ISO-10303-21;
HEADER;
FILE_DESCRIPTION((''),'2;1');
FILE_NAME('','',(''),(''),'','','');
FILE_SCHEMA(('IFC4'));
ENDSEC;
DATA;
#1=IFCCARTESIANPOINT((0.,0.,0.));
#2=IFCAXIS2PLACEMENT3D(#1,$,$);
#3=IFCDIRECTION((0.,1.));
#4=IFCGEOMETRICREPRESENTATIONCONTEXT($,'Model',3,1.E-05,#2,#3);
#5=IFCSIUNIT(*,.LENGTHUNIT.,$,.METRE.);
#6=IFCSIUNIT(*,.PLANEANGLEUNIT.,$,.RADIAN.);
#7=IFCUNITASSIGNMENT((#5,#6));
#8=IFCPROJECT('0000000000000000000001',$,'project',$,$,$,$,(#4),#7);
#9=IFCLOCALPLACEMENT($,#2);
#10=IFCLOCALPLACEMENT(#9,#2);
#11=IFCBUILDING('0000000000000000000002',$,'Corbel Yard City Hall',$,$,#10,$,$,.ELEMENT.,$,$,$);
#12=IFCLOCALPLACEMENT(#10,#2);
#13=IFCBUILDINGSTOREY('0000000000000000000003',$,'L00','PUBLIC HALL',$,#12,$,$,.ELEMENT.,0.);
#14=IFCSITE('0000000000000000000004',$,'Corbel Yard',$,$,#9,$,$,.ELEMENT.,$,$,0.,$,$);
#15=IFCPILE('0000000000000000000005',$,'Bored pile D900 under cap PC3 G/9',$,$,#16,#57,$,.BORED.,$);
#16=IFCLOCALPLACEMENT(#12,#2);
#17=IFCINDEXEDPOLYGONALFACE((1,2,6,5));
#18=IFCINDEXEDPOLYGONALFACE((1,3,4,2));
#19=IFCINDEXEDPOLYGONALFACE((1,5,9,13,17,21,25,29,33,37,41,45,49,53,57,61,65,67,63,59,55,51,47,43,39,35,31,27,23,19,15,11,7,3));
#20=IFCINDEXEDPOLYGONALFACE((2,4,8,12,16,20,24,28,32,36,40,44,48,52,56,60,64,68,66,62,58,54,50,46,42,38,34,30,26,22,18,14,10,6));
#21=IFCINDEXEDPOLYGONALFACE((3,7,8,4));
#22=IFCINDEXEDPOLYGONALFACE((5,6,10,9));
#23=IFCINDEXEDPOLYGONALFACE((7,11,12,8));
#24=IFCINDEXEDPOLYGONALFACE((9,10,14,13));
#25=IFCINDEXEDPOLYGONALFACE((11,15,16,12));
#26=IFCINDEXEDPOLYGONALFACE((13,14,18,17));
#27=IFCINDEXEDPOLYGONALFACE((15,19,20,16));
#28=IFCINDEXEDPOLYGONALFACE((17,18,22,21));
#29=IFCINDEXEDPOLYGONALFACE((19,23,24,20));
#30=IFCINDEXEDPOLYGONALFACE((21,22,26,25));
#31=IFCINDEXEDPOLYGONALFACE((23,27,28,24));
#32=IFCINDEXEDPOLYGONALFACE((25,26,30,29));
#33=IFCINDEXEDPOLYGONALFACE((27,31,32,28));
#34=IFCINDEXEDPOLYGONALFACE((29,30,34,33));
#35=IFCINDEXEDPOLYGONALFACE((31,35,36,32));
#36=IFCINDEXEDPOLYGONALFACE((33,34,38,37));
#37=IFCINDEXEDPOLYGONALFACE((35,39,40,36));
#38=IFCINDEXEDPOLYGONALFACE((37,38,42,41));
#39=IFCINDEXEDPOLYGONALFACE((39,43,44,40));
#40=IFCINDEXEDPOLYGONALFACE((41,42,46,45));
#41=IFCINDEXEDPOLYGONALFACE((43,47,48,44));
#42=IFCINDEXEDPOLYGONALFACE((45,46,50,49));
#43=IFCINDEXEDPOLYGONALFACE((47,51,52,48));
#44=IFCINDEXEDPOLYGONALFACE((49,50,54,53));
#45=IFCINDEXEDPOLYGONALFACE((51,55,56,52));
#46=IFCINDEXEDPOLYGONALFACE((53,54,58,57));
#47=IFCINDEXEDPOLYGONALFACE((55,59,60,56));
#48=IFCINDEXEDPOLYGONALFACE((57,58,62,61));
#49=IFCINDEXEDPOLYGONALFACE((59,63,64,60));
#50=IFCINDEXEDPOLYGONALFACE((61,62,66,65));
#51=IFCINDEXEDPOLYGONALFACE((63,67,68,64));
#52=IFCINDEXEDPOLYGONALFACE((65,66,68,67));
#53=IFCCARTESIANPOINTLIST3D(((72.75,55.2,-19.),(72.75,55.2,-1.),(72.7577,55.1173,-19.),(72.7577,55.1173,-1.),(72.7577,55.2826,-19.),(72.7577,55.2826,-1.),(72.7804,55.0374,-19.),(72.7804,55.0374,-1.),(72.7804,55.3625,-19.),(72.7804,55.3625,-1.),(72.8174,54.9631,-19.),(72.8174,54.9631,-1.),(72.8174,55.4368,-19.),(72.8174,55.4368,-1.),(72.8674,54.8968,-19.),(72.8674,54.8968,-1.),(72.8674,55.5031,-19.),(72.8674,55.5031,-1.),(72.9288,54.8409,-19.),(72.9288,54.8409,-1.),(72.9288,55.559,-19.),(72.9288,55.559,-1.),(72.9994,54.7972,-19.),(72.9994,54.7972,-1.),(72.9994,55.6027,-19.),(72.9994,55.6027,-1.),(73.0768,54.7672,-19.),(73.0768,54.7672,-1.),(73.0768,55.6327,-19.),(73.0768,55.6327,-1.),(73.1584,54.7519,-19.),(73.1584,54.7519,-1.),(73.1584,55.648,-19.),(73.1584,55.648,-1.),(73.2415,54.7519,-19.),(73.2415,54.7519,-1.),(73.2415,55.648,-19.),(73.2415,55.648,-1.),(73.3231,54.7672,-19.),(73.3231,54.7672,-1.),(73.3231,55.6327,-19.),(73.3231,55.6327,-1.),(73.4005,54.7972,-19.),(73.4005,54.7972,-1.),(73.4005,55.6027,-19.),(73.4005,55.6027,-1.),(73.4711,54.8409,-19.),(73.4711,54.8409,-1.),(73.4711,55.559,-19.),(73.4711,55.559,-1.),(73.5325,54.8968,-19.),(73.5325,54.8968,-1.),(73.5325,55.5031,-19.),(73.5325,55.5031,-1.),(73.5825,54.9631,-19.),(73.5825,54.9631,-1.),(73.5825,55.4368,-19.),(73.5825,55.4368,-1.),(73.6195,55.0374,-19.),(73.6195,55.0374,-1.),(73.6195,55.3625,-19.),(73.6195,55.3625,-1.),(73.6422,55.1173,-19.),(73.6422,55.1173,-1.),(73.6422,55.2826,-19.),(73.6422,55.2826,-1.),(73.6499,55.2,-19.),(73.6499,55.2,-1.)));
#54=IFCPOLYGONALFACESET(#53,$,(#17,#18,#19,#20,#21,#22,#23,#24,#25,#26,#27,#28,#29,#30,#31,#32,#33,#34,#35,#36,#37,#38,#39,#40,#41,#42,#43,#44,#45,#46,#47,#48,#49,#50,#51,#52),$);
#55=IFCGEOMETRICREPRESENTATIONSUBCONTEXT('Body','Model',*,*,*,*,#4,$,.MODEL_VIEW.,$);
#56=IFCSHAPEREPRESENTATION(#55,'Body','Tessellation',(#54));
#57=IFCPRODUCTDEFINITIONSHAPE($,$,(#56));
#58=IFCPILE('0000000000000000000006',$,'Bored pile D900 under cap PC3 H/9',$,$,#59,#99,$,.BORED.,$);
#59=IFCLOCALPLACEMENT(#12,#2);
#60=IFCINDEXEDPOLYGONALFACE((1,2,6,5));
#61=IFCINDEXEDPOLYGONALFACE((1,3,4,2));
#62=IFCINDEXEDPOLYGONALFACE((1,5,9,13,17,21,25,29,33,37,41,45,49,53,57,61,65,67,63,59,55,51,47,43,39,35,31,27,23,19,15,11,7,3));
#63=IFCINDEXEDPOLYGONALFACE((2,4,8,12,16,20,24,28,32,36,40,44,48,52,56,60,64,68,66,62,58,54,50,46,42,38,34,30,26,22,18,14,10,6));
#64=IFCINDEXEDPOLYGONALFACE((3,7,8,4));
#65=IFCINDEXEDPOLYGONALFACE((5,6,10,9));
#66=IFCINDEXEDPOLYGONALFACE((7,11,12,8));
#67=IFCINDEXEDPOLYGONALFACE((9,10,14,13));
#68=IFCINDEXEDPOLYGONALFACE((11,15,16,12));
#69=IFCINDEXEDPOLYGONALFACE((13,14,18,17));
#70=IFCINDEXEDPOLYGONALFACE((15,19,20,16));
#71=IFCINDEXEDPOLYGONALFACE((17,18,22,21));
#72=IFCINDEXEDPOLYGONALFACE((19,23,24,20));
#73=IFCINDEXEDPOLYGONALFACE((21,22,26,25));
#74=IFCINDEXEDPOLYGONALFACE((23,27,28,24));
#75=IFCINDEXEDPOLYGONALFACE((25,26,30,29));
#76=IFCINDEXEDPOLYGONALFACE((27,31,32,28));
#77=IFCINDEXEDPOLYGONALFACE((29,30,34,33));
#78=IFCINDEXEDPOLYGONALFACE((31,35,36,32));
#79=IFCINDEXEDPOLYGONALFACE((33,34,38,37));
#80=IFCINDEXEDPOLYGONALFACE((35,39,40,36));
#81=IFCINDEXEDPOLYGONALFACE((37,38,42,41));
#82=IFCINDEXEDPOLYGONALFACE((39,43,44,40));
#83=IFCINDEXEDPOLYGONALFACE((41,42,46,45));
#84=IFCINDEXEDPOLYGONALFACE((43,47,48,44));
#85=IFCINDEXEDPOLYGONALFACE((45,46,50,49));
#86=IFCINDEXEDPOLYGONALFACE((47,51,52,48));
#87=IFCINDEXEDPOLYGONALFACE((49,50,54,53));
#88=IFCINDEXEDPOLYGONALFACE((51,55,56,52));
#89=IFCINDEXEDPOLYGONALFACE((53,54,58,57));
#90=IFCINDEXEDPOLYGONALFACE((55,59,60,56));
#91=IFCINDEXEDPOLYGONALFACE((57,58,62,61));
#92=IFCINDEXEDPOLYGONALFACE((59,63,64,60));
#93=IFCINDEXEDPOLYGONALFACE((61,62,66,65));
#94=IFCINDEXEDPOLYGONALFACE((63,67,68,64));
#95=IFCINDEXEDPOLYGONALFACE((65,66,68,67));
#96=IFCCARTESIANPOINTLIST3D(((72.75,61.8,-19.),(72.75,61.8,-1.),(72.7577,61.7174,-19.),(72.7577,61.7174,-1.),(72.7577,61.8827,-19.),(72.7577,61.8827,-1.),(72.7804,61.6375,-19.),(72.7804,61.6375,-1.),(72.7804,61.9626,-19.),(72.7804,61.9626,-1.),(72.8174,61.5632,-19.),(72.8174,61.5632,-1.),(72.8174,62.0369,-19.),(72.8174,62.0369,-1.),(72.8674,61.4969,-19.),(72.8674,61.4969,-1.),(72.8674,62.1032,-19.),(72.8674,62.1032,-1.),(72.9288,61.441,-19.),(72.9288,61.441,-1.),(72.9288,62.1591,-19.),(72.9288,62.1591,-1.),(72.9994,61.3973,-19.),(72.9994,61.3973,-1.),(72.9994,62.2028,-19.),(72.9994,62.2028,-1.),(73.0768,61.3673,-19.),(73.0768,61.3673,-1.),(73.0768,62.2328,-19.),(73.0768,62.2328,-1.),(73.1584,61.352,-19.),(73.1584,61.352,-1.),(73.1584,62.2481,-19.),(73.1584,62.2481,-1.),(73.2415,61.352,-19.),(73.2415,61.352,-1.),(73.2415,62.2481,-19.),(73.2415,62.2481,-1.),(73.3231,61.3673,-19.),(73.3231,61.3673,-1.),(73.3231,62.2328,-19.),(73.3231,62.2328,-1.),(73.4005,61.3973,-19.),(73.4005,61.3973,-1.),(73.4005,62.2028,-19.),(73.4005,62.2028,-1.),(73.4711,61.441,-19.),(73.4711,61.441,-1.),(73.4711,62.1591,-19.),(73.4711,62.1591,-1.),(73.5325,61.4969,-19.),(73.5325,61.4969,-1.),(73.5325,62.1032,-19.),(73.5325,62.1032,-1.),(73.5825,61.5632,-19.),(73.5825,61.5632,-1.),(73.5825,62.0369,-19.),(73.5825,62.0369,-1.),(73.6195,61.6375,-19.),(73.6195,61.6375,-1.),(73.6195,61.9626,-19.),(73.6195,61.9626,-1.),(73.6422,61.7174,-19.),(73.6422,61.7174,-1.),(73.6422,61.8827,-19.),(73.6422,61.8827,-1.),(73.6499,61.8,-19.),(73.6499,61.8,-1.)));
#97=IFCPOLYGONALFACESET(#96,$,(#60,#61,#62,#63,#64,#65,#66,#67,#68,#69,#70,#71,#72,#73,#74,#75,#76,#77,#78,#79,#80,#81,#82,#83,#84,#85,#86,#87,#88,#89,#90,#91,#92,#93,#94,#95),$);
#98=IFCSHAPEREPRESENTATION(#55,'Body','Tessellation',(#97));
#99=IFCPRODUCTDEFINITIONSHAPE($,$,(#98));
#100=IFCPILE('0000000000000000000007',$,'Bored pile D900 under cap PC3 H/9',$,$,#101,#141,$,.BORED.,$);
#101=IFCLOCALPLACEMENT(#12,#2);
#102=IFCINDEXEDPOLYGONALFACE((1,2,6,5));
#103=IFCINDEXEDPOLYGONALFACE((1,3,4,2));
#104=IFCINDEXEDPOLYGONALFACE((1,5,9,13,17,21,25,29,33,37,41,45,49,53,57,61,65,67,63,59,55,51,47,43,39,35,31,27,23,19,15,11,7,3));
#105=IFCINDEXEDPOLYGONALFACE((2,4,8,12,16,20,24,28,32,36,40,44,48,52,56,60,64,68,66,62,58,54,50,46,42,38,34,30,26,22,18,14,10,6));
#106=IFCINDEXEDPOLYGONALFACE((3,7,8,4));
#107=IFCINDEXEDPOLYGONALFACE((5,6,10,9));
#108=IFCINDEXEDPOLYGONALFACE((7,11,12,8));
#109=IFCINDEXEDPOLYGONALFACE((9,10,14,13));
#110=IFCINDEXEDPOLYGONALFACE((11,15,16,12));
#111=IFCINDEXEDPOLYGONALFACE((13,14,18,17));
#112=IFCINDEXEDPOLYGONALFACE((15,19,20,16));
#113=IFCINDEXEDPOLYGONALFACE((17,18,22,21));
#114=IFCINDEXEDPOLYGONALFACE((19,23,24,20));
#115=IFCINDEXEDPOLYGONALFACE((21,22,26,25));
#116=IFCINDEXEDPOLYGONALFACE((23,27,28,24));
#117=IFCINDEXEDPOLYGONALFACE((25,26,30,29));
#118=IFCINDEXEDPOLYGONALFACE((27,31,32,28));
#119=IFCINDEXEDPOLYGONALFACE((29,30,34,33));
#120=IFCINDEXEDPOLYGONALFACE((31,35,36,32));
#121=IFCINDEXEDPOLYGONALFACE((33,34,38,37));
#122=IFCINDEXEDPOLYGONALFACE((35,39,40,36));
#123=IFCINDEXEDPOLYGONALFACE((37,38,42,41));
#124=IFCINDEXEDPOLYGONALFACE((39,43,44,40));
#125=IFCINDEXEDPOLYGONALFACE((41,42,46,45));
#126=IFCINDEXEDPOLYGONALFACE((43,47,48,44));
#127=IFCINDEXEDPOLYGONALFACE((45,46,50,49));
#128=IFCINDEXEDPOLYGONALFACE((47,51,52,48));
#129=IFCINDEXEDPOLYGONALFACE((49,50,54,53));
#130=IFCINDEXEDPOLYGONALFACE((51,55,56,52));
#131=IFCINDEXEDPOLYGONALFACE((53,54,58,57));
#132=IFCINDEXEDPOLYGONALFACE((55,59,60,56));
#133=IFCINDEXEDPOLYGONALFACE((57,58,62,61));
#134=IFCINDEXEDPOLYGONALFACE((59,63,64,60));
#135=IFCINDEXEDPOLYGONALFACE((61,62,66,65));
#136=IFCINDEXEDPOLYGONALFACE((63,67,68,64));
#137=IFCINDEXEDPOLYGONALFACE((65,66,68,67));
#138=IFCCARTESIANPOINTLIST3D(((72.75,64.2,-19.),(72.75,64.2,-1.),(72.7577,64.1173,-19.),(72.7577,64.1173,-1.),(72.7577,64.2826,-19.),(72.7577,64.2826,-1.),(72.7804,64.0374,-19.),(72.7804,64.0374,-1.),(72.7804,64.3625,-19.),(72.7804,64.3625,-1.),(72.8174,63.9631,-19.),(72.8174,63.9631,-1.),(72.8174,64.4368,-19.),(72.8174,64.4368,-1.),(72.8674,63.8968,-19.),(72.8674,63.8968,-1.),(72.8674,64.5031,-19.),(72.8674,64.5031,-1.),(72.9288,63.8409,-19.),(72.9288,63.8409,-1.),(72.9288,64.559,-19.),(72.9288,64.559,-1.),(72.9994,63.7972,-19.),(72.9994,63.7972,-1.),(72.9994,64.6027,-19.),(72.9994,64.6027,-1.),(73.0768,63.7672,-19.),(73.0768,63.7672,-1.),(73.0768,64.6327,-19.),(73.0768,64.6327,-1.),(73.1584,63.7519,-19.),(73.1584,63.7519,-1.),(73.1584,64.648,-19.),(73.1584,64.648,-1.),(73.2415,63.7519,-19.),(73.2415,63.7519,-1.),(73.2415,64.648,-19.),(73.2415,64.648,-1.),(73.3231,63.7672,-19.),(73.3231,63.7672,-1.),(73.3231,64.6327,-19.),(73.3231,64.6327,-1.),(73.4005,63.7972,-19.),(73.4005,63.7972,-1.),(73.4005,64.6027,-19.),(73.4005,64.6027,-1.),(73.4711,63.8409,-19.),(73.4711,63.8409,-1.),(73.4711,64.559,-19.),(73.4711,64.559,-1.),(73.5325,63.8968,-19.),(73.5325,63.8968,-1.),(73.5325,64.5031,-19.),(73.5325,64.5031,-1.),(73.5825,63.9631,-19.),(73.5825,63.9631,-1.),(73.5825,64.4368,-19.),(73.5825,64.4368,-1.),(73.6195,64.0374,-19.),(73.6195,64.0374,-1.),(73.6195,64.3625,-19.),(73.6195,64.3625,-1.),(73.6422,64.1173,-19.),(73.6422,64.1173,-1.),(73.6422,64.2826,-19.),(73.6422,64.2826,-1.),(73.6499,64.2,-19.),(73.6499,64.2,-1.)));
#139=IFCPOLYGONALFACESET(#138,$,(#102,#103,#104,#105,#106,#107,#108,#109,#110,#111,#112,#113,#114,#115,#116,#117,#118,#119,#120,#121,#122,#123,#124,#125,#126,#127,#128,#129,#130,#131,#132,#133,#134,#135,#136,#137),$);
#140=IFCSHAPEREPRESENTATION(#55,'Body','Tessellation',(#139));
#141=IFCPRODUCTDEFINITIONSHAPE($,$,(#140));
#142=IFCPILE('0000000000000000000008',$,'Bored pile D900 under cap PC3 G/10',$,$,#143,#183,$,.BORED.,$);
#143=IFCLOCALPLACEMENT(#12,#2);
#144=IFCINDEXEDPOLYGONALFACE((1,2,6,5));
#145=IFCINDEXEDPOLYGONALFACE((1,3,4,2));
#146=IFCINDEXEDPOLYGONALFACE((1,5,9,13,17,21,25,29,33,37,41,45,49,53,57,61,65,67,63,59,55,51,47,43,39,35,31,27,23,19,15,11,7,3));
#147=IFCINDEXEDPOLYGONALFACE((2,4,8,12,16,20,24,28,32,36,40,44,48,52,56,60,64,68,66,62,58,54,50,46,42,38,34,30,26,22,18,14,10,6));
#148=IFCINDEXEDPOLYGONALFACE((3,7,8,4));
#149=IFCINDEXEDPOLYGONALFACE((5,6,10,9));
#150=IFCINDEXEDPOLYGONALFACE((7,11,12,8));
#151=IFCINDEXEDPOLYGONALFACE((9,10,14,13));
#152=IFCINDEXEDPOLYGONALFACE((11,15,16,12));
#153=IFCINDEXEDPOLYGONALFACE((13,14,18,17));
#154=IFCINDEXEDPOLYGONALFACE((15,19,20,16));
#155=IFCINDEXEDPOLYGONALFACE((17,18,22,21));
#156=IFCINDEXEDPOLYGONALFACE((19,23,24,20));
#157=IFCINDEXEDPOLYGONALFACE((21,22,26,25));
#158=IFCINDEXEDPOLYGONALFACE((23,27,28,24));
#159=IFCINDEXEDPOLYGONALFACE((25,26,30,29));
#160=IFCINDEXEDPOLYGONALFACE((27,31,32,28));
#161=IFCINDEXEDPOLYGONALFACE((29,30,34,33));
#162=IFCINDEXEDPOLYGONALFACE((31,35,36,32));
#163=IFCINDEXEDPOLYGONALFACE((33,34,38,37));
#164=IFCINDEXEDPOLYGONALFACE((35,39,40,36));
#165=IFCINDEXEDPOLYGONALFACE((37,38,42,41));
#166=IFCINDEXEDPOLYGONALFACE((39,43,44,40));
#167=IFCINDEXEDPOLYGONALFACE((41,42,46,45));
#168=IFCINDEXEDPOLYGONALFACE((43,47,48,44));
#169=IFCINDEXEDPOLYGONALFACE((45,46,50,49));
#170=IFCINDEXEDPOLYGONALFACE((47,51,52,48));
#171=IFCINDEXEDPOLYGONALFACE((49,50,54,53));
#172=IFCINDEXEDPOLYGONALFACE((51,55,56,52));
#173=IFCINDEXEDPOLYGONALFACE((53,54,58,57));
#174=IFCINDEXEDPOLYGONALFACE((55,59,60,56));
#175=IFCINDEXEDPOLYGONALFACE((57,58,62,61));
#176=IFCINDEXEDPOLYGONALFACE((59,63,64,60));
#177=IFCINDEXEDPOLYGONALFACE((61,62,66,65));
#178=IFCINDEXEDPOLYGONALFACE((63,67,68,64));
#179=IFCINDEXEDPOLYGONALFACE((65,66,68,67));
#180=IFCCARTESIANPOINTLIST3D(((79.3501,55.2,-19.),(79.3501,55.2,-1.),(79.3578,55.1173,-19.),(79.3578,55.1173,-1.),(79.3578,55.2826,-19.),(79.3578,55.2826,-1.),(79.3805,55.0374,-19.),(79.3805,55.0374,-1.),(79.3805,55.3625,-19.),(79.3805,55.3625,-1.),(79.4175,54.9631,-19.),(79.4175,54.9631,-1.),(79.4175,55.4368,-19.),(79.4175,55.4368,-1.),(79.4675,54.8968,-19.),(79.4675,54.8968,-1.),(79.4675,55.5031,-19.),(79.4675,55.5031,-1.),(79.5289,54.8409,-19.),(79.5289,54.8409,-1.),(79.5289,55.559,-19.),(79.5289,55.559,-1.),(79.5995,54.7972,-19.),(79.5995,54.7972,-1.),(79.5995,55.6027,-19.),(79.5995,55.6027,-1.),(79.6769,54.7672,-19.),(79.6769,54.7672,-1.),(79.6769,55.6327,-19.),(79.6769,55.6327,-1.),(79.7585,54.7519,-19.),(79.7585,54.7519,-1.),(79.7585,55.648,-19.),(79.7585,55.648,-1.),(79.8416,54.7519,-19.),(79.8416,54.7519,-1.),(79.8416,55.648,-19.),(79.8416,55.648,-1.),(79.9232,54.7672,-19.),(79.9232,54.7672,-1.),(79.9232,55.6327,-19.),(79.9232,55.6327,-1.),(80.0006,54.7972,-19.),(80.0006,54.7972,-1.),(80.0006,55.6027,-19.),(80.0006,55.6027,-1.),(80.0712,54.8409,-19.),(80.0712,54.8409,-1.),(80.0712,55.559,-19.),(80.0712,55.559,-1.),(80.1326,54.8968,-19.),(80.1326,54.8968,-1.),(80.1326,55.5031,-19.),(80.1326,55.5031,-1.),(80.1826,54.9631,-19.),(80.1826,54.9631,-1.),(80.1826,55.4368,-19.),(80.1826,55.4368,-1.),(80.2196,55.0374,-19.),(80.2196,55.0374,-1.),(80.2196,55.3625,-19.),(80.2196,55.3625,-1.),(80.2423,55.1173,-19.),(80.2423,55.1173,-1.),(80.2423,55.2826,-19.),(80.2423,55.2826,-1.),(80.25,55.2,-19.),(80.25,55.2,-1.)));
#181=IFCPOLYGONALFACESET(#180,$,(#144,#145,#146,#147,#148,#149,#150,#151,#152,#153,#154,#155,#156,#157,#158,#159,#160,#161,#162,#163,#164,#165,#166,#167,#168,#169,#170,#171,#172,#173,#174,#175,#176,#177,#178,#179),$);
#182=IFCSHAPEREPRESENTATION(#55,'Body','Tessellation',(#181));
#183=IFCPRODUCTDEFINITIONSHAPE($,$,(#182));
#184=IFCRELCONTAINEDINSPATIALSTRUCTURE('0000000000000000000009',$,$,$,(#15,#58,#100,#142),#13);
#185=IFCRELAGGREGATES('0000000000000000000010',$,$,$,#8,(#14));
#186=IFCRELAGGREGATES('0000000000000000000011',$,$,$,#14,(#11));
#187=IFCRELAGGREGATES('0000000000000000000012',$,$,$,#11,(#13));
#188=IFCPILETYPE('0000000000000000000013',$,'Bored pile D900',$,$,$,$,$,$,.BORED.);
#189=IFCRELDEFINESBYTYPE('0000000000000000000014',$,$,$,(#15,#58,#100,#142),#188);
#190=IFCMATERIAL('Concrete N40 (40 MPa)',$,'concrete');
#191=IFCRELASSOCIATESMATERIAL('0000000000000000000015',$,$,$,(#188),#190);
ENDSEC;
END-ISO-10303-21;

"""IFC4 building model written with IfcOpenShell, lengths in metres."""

from ifc_helpers import new_model, si_unit, direction, frame, origin, origin_2d, place, context, subcontext, project, spatial, circle, extrude, material, material_profile, profile_set, type_object, element, save


model = new_model("IFC4")

# Units and contexts
model_context = context("Model", 3, precision=1e-05, world=origin(), true_north=direction((0.0, 1.0)))
body_context = subcontext(model_context, "Body", "Model", "MODEL_VIEW")
ifc_project = project(units=[si_unit("LENGTHUNIT", "METRE"), si_unit("PLANEANGLEUNIT", "RADIAN")], contexts=[model_context])

# Site, building, storey
site_placement = place(None, origin())
site = spatial("IfcSite", under=ifc_project, at=site_placement, Name="Corbel Yard", CompositionType="ELEMENT", RefElevation=0.0)
building_placement = place(site_placement, origin())
building = spatial("IfcBuilding", under=site, at=building_placement, Name="Corbel Yard City Hall", CompositionType="ELEMENT")
storey_placement = place(building_placement, origin())
storey = spatial("IfcBuildingStorey", under=building, at=storey_placement, Name="L00", Description="PUBLIC HALL", CompositionType="ELEMENT", Elevation=0.0)

# Piles
ifc_material_1 = material(Name="Concrete N40 (40 MPa)", Category="concrete")
ifc_material_profile_1 = material_profile(ifc_material_1, circle(Radius=0.45, at=origin_2d()), Name="D900")
ifc_profile_set_1 = profile_set([ifc_material_profile_1], Name="Concrete N40 (40 MPa)")
pile_type = type_object("IfcPileType", Name="Bored pile D900", PredefinedType="BORED", material=ifc_profile_set_1)
for number, where, z_axis, x_axis, name in (
    (1, (73.2, 55.2, -1.0), (0.0, 0.0, -1.0), (1.0, 0.0, 0.0), "Bored pile D900 under cap PC3 G/9"),
    (2, (73.2, 61.8, -1.0), (0.0, 0.0, -1.0), (1.0, 0.0, 0.0), "Bored pile D900 under cap PC3 H/9"),
    (3, (73.2, 64.2, -1.0), (0.0, 0.0, -1.0), (1.0, 0.0, 0.0), "Bored pile D900 under cap PC3 H/9"),
    (4, (79.8, 55.2, -1.0), (0.0, 0.0, -1.0), (1.0, 0.0, 0.0), "Bored pile D900 under cap PC3 G/10"),
):
    element("IfcPile", number, at=place(storey_placement, frame(where, z_axis=z_axis, x_axis=x_axis)), inside=storey, type_object=pile_type, Name=name, PredefinedType="BORED", context=body_context, shape_type="SweptSolid", body=[
        extrude(circle(Radius=0.45, at=origin_2d()), origin(), (0.0, 0.0, 1.0), 18.0),
    ])

save(model, "model.ifc")
